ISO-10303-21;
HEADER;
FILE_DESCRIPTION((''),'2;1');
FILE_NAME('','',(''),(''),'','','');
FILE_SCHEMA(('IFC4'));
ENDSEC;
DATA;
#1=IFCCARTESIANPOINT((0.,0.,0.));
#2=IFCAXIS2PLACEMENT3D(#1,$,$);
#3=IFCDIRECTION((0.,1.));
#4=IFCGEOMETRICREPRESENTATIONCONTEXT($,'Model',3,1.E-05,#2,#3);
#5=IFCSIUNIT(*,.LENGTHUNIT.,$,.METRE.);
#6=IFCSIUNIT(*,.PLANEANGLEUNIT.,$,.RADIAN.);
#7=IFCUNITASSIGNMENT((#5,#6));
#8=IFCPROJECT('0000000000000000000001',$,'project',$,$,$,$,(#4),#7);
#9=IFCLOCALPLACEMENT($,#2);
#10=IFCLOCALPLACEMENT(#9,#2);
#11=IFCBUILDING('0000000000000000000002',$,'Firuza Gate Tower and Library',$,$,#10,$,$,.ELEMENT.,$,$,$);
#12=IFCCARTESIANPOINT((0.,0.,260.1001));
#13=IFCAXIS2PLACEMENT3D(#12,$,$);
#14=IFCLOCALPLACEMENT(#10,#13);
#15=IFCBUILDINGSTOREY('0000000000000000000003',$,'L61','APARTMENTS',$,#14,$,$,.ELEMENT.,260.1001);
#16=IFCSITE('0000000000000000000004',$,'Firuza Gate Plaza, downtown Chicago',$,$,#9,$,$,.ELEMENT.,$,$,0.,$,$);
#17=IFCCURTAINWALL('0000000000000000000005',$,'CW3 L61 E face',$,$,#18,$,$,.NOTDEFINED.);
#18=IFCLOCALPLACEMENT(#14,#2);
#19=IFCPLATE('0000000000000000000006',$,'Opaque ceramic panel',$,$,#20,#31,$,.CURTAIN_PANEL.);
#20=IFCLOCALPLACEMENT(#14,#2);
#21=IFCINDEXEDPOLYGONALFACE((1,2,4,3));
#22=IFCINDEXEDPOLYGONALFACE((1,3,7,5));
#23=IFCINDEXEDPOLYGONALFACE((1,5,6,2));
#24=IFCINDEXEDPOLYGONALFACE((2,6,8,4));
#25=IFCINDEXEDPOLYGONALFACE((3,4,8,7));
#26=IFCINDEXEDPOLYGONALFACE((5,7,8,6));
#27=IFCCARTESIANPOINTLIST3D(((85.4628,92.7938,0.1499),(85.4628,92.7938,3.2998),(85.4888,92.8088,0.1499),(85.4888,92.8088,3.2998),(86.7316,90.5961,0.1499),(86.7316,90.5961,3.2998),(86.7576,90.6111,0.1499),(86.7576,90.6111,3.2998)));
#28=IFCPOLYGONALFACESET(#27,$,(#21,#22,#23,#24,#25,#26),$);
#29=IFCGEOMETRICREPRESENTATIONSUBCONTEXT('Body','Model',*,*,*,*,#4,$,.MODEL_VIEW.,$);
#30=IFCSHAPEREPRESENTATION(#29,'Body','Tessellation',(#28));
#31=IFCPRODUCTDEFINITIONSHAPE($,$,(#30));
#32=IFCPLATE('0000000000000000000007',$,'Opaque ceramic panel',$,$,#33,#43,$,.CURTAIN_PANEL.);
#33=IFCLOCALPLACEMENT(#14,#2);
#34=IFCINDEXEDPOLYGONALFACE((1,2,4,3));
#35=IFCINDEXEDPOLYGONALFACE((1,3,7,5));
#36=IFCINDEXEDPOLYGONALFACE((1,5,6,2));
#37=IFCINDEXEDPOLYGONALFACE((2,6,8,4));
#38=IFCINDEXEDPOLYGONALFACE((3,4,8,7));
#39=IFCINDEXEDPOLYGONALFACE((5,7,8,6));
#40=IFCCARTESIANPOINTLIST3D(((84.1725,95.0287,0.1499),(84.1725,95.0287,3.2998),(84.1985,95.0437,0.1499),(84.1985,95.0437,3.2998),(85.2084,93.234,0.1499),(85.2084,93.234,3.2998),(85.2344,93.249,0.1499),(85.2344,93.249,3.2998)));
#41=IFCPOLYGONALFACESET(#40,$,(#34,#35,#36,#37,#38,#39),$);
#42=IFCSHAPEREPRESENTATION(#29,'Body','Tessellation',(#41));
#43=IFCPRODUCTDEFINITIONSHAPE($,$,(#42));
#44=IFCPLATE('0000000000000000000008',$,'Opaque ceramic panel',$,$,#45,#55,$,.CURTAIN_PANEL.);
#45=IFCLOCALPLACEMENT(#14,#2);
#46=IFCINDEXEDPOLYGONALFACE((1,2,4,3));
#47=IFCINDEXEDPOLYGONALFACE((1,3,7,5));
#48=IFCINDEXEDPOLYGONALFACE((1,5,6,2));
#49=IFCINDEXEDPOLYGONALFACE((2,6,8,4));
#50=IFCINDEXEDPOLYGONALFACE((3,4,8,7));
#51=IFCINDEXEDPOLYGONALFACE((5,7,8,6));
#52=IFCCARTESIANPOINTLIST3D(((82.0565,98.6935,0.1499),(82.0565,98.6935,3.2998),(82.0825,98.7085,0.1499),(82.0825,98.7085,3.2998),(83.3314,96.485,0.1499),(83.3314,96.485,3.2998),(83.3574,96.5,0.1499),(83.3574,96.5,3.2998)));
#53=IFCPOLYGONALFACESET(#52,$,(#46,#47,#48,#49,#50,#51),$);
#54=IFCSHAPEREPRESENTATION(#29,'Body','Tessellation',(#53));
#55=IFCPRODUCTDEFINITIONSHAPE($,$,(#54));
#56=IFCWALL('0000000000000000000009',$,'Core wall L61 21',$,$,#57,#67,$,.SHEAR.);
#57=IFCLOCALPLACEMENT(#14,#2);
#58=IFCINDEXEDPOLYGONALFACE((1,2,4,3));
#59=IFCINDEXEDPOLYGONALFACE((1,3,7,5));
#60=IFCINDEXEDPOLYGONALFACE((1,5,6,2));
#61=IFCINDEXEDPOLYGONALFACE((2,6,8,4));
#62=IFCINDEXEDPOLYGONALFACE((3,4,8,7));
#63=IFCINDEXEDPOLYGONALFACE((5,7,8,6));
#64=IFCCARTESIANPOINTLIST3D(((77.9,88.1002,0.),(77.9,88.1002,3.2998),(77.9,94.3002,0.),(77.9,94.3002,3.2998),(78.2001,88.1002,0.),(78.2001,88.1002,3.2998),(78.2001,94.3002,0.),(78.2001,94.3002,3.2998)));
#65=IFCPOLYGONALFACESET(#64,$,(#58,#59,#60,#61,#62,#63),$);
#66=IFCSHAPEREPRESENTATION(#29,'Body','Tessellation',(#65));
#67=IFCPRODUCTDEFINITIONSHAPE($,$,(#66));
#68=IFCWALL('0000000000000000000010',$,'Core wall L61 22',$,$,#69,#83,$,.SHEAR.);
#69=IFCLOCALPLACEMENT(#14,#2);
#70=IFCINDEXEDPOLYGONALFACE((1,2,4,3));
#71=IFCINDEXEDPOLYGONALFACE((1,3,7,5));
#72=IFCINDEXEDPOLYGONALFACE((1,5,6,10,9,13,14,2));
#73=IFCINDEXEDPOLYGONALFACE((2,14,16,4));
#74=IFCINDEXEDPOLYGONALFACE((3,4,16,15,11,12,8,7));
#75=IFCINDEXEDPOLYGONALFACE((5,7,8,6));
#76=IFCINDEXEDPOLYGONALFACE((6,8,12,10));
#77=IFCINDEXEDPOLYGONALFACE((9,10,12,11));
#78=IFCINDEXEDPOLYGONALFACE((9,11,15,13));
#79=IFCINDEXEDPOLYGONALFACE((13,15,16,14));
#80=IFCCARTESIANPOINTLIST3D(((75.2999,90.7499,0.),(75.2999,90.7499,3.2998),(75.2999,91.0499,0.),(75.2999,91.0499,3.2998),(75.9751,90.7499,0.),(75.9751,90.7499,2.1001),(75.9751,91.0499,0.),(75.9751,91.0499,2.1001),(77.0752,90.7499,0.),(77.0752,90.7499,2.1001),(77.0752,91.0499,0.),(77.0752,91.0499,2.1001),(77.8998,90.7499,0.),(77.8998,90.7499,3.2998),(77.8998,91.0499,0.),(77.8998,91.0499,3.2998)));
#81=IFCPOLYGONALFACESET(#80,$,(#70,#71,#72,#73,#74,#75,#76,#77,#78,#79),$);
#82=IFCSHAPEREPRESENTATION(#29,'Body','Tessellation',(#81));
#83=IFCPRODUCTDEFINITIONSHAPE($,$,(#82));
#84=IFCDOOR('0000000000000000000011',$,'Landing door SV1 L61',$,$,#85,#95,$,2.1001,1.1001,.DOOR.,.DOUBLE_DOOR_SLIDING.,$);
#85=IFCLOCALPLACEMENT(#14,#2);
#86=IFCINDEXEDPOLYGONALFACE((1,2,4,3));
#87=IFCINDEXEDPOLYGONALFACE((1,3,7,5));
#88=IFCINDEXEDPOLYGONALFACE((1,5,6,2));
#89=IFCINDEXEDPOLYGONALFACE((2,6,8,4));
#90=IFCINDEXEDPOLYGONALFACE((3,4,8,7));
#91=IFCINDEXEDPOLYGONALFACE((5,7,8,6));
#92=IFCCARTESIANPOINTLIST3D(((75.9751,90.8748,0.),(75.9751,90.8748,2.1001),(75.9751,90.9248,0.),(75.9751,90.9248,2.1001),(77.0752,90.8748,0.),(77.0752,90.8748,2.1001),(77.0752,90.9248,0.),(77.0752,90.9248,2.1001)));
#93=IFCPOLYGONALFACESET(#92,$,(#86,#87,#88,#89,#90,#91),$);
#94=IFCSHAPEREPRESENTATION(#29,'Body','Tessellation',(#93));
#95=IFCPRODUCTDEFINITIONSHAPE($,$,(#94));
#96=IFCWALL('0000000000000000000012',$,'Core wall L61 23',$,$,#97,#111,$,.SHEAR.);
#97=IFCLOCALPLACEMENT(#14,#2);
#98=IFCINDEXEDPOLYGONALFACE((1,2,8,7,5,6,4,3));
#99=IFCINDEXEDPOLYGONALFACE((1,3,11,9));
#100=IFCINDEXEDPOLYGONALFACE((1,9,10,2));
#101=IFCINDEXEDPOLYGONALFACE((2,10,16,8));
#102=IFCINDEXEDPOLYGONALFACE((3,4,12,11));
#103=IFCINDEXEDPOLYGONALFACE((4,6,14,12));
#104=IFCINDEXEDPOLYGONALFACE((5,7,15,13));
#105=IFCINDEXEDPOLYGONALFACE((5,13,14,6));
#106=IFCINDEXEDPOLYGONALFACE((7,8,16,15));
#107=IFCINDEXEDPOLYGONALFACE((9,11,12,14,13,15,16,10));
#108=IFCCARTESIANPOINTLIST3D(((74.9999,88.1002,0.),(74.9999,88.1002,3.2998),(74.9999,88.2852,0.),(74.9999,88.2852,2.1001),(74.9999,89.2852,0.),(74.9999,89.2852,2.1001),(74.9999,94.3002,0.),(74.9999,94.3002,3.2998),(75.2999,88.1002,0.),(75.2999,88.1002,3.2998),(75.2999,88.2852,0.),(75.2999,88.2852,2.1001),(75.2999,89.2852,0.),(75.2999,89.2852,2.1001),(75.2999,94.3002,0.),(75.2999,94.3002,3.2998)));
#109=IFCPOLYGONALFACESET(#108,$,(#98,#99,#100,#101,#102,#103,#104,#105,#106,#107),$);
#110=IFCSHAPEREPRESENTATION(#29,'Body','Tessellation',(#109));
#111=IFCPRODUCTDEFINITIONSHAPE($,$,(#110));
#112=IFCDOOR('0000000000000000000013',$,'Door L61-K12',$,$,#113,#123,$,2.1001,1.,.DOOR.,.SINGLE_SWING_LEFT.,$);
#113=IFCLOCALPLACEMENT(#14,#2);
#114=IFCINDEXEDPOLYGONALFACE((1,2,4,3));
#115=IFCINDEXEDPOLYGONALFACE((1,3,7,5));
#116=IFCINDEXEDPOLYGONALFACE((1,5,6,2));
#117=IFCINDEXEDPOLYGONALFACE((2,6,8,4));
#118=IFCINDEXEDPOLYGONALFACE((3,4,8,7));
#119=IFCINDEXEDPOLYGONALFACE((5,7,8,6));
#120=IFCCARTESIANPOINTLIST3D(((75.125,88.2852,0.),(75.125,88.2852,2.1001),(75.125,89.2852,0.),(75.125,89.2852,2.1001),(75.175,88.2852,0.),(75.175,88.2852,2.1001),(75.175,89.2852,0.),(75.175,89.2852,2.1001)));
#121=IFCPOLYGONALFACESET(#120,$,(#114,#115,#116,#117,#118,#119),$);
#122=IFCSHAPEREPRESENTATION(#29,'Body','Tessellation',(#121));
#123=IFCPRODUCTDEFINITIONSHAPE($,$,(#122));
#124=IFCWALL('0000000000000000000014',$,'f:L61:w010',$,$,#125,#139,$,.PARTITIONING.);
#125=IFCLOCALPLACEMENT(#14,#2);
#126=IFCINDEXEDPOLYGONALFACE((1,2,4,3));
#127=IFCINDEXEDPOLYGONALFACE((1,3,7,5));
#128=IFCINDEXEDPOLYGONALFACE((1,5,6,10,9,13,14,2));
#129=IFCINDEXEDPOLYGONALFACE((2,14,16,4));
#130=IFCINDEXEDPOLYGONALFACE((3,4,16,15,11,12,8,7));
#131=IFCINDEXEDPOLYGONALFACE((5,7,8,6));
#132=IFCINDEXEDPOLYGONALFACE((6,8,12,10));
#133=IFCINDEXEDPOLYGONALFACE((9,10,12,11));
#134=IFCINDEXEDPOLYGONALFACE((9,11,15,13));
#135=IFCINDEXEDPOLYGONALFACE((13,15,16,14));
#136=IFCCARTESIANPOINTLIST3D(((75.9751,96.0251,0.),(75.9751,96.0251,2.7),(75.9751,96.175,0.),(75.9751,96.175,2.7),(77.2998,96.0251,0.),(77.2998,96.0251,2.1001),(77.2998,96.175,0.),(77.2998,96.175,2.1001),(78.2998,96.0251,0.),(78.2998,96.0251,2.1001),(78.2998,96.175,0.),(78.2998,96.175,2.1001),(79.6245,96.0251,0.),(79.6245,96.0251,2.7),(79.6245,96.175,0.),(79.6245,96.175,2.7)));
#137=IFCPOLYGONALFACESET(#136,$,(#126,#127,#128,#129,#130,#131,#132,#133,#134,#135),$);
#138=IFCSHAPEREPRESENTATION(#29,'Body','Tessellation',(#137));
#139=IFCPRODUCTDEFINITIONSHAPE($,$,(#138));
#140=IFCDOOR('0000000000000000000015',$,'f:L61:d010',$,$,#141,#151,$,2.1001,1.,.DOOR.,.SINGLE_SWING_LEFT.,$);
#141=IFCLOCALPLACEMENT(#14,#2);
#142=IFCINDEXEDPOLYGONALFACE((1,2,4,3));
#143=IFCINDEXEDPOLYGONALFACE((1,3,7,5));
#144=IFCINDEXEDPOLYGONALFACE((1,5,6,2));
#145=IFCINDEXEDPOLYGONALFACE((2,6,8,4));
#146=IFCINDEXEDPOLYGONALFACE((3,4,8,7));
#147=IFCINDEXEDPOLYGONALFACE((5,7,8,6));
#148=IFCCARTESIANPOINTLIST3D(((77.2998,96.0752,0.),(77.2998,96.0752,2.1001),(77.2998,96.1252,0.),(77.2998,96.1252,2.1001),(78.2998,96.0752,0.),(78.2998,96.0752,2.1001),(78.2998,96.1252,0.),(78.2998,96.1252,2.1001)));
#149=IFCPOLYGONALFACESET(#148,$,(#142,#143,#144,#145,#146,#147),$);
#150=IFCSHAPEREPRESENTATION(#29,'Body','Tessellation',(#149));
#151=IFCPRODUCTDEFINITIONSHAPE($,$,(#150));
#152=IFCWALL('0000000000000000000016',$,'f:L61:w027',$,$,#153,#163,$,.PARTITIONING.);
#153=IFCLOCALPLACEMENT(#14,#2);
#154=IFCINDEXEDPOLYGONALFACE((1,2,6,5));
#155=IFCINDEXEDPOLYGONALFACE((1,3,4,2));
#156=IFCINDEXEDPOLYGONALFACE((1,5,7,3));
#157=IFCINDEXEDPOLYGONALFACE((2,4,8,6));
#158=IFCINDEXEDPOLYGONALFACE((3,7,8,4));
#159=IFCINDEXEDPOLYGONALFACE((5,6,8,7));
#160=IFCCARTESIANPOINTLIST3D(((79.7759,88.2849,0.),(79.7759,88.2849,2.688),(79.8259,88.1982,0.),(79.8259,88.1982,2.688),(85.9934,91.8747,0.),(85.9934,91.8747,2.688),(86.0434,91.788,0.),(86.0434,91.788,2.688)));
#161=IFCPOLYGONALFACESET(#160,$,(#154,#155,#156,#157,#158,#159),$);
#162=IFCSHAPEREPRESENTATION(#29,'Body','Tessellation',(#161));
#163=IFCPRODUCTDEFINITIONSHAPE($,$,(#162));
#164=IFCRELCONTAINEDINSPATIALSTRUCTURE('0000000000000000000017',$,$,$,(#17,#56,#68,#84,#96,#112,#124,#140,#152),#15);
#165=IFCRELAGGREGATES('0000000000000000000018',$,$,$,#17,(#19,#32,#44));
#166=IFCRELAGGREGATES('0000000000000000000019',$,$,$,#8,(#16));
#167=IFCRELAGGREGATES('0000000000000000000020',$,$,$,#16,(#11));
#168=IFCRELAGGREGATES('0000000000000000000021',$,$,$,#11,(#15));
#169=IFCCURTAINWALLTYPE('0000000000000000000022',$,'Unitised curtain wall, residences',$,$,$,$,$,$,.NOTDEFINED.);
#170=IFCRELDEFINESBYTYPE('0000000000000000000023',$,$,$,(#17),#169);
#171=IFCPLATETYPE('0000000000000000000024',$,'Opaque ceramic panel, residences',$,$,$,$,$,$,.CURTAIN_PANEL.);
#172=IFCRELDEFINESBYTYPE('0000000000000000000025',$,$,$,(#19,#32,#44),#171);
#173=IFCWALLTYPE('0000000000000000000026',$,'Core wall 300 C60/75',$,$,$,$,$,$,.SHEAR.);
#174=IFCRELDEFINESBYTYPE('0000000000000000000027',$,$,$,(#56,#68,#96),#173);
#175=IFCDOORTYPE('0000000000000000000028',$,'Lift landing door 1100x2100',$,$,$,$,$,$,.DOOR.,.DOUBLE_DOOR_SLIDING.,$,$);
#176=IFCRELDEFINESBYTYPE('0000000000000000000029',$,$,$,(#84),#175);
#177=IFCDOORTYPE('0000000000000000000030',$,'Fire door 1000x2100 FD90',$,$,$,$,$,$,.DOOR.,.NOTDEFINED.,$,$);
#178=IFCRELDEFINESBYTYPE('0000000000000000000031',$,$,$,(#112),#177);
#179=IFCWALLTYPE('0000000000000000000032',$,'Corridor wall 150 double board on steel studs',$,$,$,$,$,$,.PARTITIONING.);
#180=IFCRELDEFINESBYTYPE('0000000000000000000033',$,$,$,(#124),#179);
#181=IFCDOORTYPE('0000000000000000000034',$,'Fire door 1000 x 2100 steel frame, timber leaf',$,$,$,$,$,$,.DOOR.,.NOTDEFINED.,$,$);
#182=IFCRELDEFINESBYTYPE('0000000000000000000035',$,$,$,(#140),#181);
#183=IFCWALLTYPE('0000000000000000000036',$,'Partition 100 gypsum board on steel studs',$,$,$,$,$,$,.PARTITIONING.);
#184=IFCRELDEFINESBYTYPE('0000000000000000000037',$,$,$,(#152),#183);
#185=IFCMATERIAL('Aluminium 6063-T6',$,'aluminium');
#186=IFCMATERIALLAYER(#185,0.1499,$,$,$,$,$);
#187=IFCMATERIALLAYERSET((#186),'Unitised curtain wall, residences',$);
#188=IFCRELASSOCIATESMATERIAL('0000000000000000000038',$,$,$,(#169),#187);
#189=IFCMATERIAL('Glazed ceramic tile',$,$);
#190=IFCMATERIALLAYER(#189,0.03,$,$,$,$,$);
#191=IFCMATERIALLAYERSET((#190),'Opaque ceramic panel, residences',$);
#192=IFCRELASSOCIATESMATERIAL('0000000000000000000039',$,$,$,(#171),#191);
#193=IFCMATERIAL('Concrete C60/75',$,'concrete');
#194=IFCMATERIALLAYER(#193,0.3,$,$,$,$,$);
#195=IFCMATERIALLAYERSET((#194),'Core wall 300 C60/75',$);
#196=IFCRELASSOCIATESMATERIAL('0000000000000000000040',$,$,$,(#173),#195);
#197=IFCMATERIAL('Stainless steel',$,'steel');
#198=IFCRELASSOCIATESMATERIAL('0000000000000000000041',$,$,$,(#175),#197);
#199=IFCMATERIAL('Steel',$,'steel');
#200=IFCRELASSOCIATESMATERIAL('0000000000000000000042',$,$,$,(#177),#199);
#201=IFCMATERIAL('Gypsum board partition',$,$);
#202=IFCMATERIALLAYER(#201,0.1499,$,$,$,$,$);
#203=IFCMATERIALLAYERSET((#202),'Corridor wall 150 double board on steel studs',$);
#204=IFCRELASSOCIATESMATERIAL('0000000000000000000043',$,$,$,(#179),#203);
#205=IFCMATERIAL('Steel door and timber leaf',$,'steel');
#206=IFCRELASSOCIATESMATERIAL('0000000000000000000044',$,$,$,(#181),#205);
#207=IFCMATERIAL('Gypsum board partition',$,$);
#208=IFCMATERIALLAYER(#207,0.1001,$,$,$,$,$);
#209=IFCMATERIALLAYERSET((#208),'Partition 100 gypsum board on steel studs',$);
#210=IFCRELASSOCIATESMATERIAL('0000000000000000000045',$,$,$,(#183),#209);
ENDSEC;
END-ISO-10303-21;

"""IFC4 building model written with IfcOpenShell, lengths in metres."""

from ifc_helpers import new_model, si_unit, direction, frame, frame_2d, origin, place, context, subcontext, project, spatial, polyline, rectangle, outline, extrude, material, layer, layer_set, type_object, element, fill, aggregate, save


model = new_model("IFC4")

# Units and contexts
model_context = context("Model", 3, precision=1e-05, world=origin(), true_north=direction((0.0, 1.0)))
body_context = subcontext(model_context, "Body", "Model", "MODEL_VIEW")
ifc_project = project(units=[si_unit("LENGTHUNIT", "METRE"), si_unit("PLANEANGLEUNIT", "RADIAN")], contexts=[model_context])

# Site, building, storey
site_placement = place(None, origin())
site = spatial("IfcSite", under=ifc_project, at=site_placement, Name="Firuza Gate Plaza, downtown Chicago", CompositionType="ELEMENT", RefElevation=0.0)
building_placement = place(site_placement, origin())
building = spatial("IfcBuilding", under=site, at=building_placement, Name="Firuza Gate Tower and Library", CompositionType="ELEMENT")
storey_placement = place(building_placement, frame((0.0, 0.0, 260.1001)))
storey = spatial("IfcBuildingStorey", under=building, at=storey_placement, Name="L61", Description="APARTMENTS", CompositionType="ELEMENT", Elevation=260.1001)

# Curtain wall
ifc_material_1 = material(Name="Aluminium 6063-T6", Category="aluminium")
ifc_layer_1 = layer(ifc_material_1, 0.1499)
ifc_layer_set_1 = layer_set([ifc_layer_1], Name="Unitised curtain wall, residences")
curtain_wall_type = type_object("IfcCurtainWallType", Name="Unitised curtain wall, residences", PredefinedType="NOTDEFINED", material=ifc_layer_set_1)
placement = place(storey_placement, origin())
curtain_wall = element("IfcCurtainWall", 1, at=placement, inside=storey, type_object=curtain_wall_type, Name="CW3 L61 E face", PredefinedType="NOTDEFINED")

# Plates
ifc_material_2 = material(Name="Glazed ceramic tile")
ifc_layer_2 = layer(ifc_material_2, 0.03)
ifc_layer_set_2 = layer_set([ifc_layer_2], Name="Opaque ceramic panel, residences")
plate_type_1 = type_object("IfcPlateType", Name="Opaque ceramic panel, residences", PredefinedType="CURTAIN_PANEL", material=ifc_layer_set_2)
plate_1_placement = place(storey_placement, frame((86.7576, 90.6111, 0.1499), z_axis=(0.866038, 0.499978, 0.0), x_axis=(-0.499978, 0.866038, 0.0)))
plate_1 = element("IfcPlate", 2, at=plate_1_placement, type_object=plate_type_1, Name="Opaque ceramic panel", PredefinedType="CURTAIN_PANEL", context=body_context, shape_type="SweptSolid", body=[
    extrude(outline(polyline([(0.0, 0.0), (2.5377, 0.0), (2.5377, 3.1499), (0.0, 3.1499), (0.0, 0.0)])), origin(), (0.0, 0.0, -1.0), 0.03),
])
plate_2_placement = place(storey_placement, frame((85.2344, 93.249, 0.1499), z_axis=(0.866082, 0.499903, 0.0), x_axis=(-0.499903, 0.866082, 0.0)))
plate_2 = element("IfcPlate", 3, at=plate_2_placement, type_object=plate_type_1, Name="Opaque ceramic panel", PredefinedType="CURTAIN_PANEL", context=body_context, shape_type="SweptSolid", body=[
    extrude(outline(polyline([(0.0, 0.0), (2.0722, 0.0), (2.0722, 3.1499), (0.0, 3.1499), (0.0, 0.0)])), origin(), (0.0, 0.0, -1.0), 0.03),
])
plate_3_placement = place(storey_placement, frame((83.3574, 96.5, 0.1499), z_axis=(0.866055, 0.499949, 0.0), x_axis=(-0.499949, 0.866055, 0.0)))
plate_3 = element("IfcPlate", 4, at=plate_3_placement, type_object=plate_type_1, Name="Opaque ceramic panel", PredefinedType="CURTAIN_PANEL", context=body_context, shape_type="SweptSolid", body=[
    extrude(outline(polyline([(0.0, 0.0), (2.5501, 0.0), (2.5501, 3.1499), (0.0, 3.1499), (0.0, 0.0)])), origin(), (0.0, 0.0, -1.0), 0.03),
])
aggregate(curtain_wall, [plate_1, plate_2, plate_3])

# Wall
ifc_material_3 = material(Name="Concrete C60/75", Category="concrete")
ifc_layer_3 = layer(ifc_material_3, 0.3)
ifc_layer_set_3 = layer_set([ifc_layer_3], Name="Core wall 300 C60/75")
wall_type_1 = type_object("IfcWallType", Name="Core wall 300 C60/75", PredefinedType="SHEAR", material=ifc_layer_set_3)
wall_1_placement = place(storey_placement, frame((78.05, 88.1001, 0.0), z_axis=(0.0, 0.0, 1.0), x_axis=(0.0, 1.0, 0.0)))
element("IfcWall", 5, at=wall_1_placement, inside=storey, type_object=wall_type_1, Name="Core wall L61 21", PredefinedType="SHEAR", context=body_context, shape_type="SweptSolid", body=[
    extrude(rectangle(XDim=6.2, YDim=0.3, at=frame_2d((3.1001, 0.0))), origin(), (0.0, 0.0, 1.0), 3.2998),
])

# Walls, openings, doors
wall_2_placement = place(storey_placement, frame((75.3, 90.8999, 0.0), z_axis=(0.0, 0.0, 1.0), x_axis=(1.0, 0.0, 0.0)))
wall_2 = element("IfcWall", 6, at=wall_2_placement, inside=storey, type_object=wall_type_1, Name="Core wall L61 22", PredefinedType="SHEAR", context=body_context, shape_type="SweptSolid", body=[
    extrude(rectangle(XDim=2.5999, YDim=0.3, at=frame_2d((1.2998, 0.0))), origin(), (0.0, 0.0, 1.0), 3.2998),
])
opening_1_placement = place(wall_2_placement, frame((0.675, 0.0, 0.0)))
opening_1 = element("IfcOpeningElement", 7, at=opening_1_placement, cuts=wall_2, PredefinedType="OPENING", context=body_context, shape_type="SweptSolid", body=[
    extrude(rectangle(XDim=1.1001, YDim=2.1001, at=frame_2d((0.55, 1.05))), frame((0.0, 0.1602, 0.0), z_axis=(0.0, -1.0, 0.0), x_axis=(1.0, 0.0, 0.0)), (0.0, 0.0, 1.0), 0.3201),
])
ifc_material_4 = material(Name="Stainless steel", Category="steel")
door_type_1 = type_object("IfcDoorType", Name="Lift landing door 1100x2100", OperationType="DOUBLE_DOOR_SLIDING", PredefinedType="DOOR", material=ifc_material_4)
door_1_placement = place(opening_1_placement, origin())
door_1 = element("IfcDoor", 8, at=door_1_placement, inside=storey, type_object=door_type_1, Name="Landing door SV1 L61", OperationType="DOUBLE_DOOR_SLIDING", OverallHeight=2.1001, OverallWidth=1.1001, PredefinedType="DOOR", context=body_context, shape_type="SweptSolid", body=[
    extrude(rectangle(XDim=1.1001, YDim=2.1001, at=frame_2d((0.55, 1.05))), frame((0.0, 0.0249, 0.0), z_axis=(0.0, -1.0, 0.0), x_axis=(1.0, 0.0, 0.0)), (0.0, 0.0, 1.0), 0.05),
])
fill(opening_1, door_1)
wall_3_placement = place(storey_placement, frame((75.1499, 88.1001, 0.0), z_axis=(0.0, 0.0, 1.0), x_axis=(0.0, 1.0, 0.0)))
wall_3 = element("IfcWall", 9, at=wall_3_placement, inside=storey, type_object=wall_type_1, Name="Core wall L61 23", PredefinedType="SHEAR", context=body_context, shape_type="SweptSolid", body=[
    extrude(rectangle(XDim=6.2, YDim=0.3, at=frame_2d((3.1001, 0.0))), origin(), (0.0, 0.0, 1.0), 3.2998),
])
opening_2_placement = place(wall_3_placement, frame((0.1851, 0.0, 0.0)))
opening_2 = element("IfcOpeningElement", 10, at=opening_2_placement, cuts=wall_3, PredefinedType="OPENING", context=body_context, shape_type="SweptSolid", body=[
    extrude(rectangle(XDim=1.0, YDim=2.1001, at=frame_2d((0.5, 1.05))), frame((0.0, 0.1602, 0.0), z_axis=(0.0, -1.0, 0.0), x_axis=(1.0, 0.0, 0.0)), (0.0, 0.0, 1.0), 0.3201),
])
ifc_material_5 = material(Name="Steel", Category="steel")
door_type_2 = type_object("IfcDoorType", Name="Fire door 1000x2100 FD90", OperationType="NOTDEFINED", PredefinedType="DOOR", material=ifc_material_5)
door_2_placement = place(opening_2_placement, origin())
door_2 = element("IfcDoor", 11, at=door_2_placement, inside=storey, type_object=door_type_2, Name="Door L61-K12", OperationType="SINGLE_SWING_LEFT", OverallHeight=2.1001, OverallWidth=1.0, PredefinedType="DOOR", context=body_context, shape_type="SweptSolid", body=[
    extrude(rectangle(XDim=1.0, YDim=2.1001, at=frame_2d((0.5, 1.05))), frame((0.0, 0.0249, 0.0), z_axis=(0.0, -1.0, 0.0), x_axis=(1.0, 0.0, 0.0)), (0.0, 0.0, 1.0), 0.05),
])
fill(opening_2, door_2)
ifc_material_6 = material(Name="Gypsum board partition")
ifc_layer_4 = layer(ifc_material_6, 0.1499)
ifc_layer_set_4 = layer_set([ifc_layer_4], Name="Corridor wall 150 double board on steel studs")
wall_type_2 = type_object("IfcWallType", Name="Corridor wall 150 double board on steel studs", PredefinedType="PARTITIONING", material=ifc_layer_set_4)
wall_4_placement = place(storey_placement, frame((79.6245, 96.1001, 0.0), z_axis=(0.0, 0.0, 1.0), x_axis=(-1.0, 0.0, 0.0)))
wall_4 = element("IfcWall", 12, at=wall_4_placement, inside=storey, type_object=wall_type_2, Name="f:L61:w010", PredefinedType="PARTITIONING", context=body_context, shape_type="SweptSolid", body=[
    extrude(rectangle(XDim=3.6494, YDim=0.1499, at=frame_2d((1.8247, 0.0))), origin(), (0.0, 0.0, 1.0), 2.7),
])
opening_3_placement = place(wall_4_placement, frame((1.3247, 0.0, 0.0)))
opening_3 = element("IfcOpeningElement", 13, at=opening_3_placement, cuts=wall_4, PredefinedType="OPENING", context=body_context, shape_type="SweptSolid", body=[
    extrude(rectangle(XDim=1.0, YDim=2.1001, at=frame_2d((0.5, 1.05))), frame((0.0, 0.085, 0.0), z_axis=(0.0, -1.0, 0.0), x_axis=(1.0, 0.0, 0.0)), (0.0, 0.0, 1.0), 0.1699),
])
ifc_material_7 = material(Name="Steel door and timber leaf", Category="steel")
door_type_3 = type_object("IfcDoorType", Name="Fire door 1000 x 2100 steel frame, timber leaf", OperationType="NOTDEFINED", PredefinedType="DOOR", material=ifc_material_7)
door_3_placement = place(opening_3_placement, origin())
door_3 = element("IfcDoor", 14, at=door_3_placement, inside=storey, type_object=door_type_3, Name="f:L61:d010", OperationType="SINGLE_SWING_LEFT", OverallHeight=2.1001, OverallWidth=1.0, PredefinedType="DOOR", context=body_context, shape_type="SweptSolid", body=[
    extrude(rectangle(XDim=1.0, YDim=2.1001, at=frame_2d((0.5, 1.05))), frame((0.0, 0.0249, 0.0), z_axis=(0.0, -1.0, 0.0), x_axis=(1.0, 0.0, 0.0)), (0.0, 0.0, 1.0), 0.05),
])
fill(opening_3, door_3)

# Wall
ifc_material_8 = material(Name="Gypsum board partition")
ifc_layer_5 = layer(ifc_material_8, 0.1001)
ifc_layer_set_5 = layer_set([ifc_layer_5], Name="Partition 100 gypsum board on steel studs")
wall_type_3 = type_object("IfcWallType", Name="Partition 100 gypsum board on steel studs", PredefinedType="PARTITIONING", material=ifc_layer_set_5)
wall_5_placement = place(storey_placement, frame((79.8008, 88.2415, 0.0), z_axis=(0.0, 0.0, 1.0), x_axis=(0.866016, 0.500016, 0.0)))
element("IfcWall", 15, at=wall_5_placement, inside=storey, type_object=wall_type_3, Name="f:L61:w027", PredefinedType="PARTITIONING", context=body_context, shape_type="SweptSolid", body=[
    extrude(rectangle(XDim=7.1794, YDim=0.1001, at=frame_2d((3.5898, 0.0))), origin(), (0.0, 0.0, 1.0), 2.688),
])

save(model, "model.ifc")
